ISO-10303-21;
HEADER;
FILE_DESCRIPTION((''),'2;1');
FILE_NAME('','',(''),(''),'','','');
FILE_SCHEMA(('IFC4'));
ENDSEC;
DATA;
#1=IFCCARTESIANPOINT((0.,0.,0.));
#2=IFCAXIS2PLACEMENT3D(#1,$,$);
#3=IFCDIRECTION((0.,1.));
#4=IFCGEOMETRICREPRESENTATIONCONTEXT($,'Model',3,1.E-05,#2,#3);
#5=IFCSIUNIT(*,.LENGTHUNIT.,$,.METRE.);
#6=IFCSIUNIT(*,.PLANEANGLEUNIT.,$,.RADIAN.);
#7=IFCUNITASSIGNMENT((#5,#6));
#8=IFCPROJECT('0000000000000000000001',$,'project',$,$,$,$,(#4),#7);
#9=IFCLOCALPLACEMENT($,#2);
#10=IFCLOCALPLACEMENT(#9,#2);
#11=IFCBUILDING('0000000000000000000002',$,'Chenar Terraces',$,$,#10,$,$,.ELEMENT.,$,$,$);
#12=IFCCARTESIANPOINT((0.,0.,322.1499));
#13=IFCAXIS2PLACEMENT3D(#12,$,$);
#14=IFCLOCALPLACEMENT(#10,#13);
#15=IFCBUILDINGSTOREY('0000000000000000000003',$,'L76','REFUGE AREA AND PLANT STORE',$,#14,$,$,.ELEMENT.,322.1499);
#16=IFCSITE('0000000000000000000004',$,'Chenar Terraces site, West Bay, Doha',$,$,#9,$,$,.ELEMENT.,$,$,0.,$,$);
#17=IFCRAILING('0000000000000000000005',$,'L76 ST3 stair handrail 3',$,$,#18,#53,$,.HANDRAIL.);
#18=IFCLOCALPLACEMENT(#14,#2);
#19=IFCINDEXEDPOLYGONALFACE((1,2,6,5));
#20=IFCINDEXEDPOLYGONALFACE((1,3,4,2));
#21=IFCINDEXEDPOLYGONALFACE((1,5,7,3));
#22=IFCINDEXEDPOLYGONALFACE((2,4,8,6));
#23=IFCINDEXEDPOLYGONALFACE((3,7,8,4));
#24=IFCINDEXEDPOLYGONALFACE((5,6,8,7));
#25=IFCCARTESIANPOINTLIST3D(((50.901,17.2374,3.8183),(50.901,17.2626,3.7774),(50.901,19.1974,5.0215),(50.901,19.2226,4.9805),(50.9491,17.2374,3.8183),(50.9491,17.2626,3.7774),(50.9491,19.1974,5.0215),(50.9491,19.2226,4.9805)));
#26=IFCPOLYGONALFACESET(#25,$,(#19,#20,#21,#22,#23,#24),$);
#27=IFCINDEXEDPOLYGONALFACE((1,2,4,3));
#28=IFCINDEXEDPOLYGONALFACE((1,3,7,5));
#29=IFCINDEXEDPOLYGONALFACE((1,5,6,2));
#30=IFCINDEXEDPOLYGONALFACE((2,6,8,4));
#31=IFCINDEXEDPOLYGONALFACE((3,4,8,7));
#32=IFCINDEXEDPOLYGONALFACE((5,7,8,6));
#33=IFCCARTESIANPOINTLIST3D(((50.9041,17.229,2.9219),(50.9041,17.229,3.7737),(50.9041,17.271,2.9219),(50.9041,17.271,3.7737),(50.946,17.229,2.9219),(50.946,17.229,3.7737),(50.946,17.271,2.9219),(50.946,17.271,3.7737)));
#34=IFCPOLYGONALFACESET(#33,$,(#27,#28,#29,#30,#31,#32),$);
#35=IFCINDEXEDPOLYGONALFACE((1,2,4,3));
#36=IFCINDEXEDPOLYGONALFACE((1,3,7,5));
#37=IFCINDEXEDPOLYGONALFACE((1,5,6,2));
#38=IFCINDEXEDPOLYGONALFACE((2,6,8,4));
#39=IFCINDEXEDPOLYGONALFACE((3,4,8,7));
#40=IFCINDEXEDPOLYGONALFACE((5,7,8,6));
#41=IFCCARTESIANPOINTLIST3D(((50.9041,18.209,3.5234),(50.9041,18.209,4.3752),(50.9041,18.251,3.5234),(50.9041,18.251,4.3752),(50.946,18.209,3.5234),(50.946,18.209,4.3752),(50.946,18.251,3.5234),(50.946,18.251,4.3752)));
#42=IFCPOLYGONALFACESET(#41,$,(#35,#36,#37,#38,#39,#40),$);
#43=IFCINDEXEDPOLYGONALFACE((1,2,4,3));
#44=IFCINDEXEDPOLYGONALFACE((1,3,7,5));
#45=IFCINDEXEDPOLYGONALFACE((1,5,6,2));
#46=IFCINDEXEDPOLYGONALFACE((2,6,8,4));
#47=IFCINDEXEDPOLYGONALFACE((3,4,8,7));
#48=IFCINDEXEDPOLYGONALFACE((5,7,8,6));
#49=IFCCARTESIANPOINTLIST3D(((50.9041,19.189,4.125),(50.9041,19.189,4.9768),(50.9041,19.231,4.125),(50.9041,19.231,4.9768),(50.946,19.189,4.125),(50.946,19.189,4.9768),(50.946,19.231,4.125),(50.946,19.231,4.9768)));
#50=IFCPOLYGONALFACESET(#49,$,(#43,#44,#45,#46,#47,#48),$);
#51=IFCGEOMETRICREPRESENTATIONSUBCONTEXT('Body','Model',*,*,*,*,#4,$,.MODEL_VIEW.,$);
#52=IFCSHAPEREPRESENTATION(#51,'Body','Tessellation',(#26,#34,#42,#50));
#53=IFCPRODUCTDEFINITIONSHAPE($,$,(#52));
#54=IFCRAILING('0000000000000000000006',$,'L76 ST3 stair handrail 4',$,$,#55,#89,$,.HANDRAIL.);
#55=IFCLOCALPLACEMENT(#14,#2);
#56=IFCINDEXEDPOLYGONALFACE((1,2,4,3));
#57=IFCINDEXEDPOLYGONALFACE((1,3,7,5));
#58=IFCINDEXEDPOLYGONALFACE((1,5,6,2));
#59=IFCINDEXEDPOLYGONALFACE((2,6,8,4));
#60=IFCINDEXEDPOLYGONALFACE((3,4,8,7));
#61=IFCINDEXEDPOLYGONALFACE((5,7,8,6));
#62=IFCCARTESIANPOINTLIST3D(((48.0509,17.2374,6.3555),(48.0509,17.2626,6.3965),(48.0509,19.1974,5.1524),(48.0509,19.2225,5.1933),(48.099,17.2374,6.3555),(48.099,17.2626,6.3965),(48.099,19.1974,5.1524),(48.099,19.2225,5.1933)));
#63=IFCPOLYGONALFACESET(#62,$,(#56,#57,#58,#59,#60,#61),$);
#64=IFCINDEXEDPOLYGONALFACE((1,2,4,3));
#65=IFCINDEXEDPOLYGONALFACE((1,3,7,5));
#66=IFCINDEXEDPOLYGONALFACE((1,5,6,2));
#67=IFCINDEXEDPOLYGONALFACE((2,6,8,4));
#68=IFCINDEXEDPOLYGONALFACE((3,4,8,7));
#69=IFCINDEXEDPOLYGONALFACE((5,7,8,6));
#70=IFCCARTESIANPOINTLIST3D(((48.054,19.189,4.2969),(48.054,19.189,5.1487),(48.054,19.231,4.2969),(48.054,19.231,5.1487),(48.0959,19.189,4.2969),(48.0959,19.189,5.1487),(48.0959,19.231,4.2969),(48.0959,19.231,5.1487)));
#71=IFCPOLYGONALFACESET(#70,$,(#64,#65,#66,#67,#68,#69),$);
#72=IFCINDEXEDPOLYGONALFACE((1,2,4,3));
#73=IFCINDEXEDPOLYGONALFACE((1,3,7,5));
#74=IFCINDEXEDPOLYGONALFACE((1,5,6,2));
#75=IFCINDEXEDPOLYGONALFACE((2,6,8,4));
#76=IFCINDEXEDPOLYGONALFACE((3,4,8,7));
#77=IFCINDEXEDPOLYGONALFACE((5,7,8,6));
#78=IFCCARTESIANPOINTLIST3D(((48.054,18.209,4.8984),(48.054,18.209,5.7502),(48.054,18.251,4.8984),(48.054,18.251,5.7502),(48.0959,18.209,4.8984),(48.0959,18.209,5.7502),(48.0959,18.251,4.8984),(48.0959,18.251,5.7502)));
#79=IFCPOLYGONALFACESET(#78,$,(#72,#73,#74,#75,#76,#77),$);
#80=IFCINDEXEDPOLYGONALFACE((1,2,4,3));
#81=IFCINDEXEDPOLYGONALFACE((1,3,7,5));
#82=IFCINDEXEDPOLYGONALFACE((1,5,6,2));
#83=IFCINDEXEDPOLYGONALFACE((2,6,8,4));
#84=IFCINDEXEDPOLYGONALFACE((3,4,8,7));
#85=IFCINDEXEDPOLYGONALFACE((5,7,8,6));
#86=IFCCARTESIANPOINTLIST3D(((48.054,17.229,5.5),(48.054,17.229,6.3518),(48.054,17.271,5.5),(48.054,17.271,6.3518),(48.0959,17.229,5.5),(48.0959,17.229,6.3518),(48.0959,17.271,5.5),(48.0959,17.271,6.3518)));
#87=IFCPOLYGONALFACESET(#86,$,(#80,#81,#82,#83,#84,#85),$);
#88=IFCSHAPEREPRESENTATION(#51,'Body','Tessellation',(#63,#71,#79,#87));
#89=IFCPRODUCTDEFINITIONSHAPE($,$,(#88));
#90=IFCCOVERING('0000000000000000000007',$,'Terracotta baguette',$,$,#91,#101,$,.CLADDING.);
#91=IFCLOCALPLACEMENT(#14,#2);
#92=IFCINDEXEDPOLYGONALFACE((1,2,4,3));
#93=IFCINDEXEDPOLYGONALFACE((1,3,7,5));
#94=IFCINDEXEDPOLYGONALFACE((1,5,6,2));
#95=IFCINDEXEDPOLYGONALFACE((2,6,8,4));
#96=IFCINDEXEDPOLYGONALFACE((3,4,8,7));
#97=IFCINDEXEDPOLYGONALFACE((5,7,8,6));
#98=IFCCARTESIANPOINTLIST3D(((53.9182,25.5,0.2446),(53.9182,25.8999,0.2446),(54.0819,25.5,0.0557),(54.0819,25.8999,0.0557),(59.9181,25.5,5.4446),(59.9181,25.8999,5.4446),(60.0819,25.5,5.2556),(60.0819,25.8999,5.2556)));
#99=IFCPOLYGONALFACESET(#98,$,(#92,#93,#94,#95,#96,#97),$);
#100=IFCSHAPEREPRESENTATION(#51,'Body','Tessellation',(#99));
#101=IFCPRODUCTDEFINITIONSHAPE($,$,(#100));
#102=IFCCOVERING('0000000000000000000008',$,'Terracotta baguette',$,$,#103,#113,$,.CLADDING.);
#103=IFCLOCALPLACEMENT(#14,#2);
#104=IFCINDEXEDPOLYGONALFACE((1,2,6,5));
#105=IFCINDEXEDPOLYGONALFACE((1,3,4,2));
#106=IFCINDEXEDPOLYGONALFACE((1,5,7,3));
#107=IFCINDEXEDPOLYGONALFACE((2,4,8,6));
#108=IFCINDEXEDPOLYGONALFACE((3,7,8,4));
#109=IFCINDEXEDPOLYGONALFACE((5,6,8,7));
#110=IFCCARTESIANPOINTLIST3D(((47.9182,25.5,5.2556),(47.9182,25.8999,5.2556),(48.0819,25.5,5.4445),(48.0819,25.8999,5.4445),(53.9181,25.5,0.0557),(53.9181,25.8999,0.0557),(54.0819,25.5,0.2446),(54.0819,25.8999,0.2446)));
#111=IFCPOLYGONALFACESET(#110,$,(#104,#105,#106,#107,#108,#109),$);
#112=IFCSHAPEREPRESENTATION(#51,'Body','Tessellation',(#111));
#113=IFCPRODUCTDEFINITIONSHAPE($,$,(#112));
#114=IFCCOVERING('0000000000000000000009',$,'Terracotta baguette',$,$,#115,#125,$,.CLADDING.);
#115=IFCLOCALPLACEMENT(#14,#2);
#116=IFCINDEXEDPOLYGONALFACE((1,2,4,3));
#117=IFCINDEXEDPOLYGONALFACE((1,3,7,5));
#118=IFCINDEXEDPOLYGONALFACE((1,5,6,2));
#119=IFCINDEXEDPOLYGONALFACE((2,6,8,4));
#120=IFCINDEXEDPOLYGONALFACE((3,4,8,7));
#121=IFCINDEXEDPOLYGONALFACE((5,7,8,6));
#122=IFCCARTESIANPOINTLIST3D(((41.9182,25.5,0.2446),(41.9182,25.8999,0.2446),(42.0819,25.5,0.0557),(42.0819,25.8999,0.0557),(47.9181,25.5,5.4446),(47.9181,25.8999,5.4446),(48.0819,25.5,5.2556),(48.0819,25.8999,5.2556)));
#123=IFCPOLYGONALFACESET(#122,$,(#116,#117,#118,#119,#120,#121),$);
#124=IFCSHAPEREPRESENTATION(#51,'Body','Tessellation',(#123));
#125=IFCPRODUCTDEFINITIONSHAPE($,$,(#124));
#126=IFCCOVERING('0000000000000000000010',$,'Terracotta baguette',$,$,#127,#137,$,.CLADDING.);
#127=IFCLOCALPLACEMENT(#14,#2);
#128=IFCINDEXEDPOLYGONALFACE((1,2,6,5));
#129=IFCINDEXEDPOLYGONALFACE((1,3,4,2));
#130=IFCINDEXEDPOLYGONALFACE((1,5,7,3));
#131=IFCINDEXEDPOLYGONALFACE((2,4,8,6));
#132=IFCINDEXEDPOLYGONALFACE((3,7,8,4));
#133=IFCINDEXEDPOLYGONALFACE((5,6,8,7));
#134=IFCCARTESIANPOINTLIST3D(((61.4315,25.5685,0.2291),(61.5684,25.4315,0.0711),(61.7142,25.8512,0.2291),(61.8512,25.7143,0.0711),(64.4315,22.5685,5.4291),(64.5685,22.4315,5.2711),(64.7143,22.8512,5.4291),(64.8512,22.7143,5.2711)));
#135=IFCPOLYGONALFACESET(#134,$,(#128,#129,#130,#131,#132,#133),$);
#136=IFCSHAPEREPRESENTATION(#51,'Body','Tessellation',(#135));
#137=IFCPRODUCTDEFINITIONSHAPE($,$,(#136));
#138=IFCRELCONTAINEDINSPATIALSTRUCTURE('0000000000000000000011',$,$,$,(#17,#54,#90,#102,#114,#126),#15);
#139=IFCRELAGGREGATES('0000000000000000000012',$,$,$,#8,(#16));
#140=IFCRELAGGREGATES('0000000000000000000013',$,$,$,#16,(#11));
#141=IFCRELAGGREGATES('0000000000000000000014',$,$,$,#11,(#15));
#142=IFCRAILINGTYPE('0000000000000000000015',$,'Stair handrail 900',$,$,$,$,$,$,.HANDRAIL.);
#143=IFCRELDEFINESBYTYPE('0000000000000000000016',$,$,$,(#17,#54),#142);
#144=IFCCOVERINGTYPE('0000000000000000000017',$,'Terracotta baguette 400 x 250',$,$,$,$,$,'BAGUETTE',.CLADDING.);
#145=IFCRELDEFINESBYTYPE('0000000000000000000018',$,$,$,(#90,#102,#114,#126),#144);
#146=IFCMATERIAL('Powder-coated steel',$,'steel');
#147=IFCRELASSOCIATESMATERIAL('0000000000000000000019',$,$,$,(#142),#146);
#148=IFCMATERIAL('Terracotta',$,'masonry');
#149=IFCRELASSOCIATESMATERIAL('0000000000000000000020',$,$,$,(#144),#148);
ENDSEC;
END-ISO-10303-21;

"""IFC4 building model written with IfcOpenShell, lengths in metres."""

from ifc_helpers import new_model, si_unit, direction, frame, origin, origin_2d, place, context, subcontext, project, spatial, rectangle, extrude, material, material_profile, profile_set, type_object, element, save


model = new_model("IFC4")

# Units and contexts
model_context = context("Model", 3, precision=1e-05, world=origin(), true_north=direction((0.0, 1.0)))
body_context = subcontext(model_context, "Body", "Model", "MODEL_VIEW")
ifc_project = project(units=[si_unit("LENGTHUNIT", "METRE"), si_unit("PLANEANGLEUNIT", "RADIAN")], contexts=[model_context])

# Site, building, storey
site_placement = place(None, origin())
site = spatial("IfcSite", under=ifc_project, at=site_placement, Name="Chenar Terraces site, West Bay, Doha", CompositionType="ELEMENT", RefElevation=0.0)
building_placement = place(site_placement, origin())
building = spatial("IfcBuilding", under=site, at=building_placement, Name="Chenar Terraces", CompositionType="ELEMENT")
storey_placement = place(building_placement, frame((0.0, 0.0, 322.1499)))
storey = spatial("IfcBuildingStorey", under=building, at=storey_placement, Name="L76", Description="REFUGE AREA AND PLANT STORE", CompositionType="ELEMENT", Elevation=322.1499)

# Railings
ifc_material_1 = material(Name="Powder-coated steel", Category="steel")
railing_type_1 = type_object("IfcRailingType", Name="Stair handrail 900", PredefinedType="HANDRAIL", material=ifc_material_1)
railing_1_placement = place(storey_placement, frame((50.925, 17.25, 2.9219)))
element("IfcRailing", 1, at=railing_1_placement, inside=storey, type_object=railing_type_1, Name="L76 ST3 stair handrail 3", PredefinedType="HANDRAIL", context=body_context, shape_type="SweptSolid", body=[
    extrude(rectangle(XDim=0.0481, YDim=0.0481, at=origin_2d()), frame((0.0, 0.0, 0.876), z_axis=(0.0, 0.852241, 0.523149), x_axis=(-1.0, 0.0, 0.0)), (0.0, 0.0, 1.0), 2.2998),
    extrude(rectangle(XDim=0.042, YDim=0.042, at=origin_2d()), origin(), (0.0, 0.0, 1.0), 0.8518),
    extrude(rectangle(XDim=0.042, YDim=0.042, at=origin_2d()), frame((0.0, 0.98, 0.6016)), (0.0, 0.0, 1.0), 0.8518),
    extrude(rectangle(XDim=0.042, YDim=0.042, at=origin_2d()), frame((0.0, 1.96, 1.2031)), (0.0, 0.0, 1.0), 0.8518),
])
railing_2_placement = place(storey_placement, frame((48.075, 19.21, 4.2969)))
element("IfcRailing", 2, at=railing_2_placement, inside=storey, type_object=railing_type_1, Name="L76 ST3 stair handrail 4", PredefinedType="HANDRAIL", context=body_context, shape_type="SweptSolid", body=[
    extrude(rectangle(XDim=0.0481, YDim=0.0481, at=origin_2d()), frame((0.0, 0.0, 0.876), z_axis=(0.0, -0.852241, 0.523149), x_axis=(1.0, 0.0, 0.0)), (0.0, 0.0, 1.0), 2.2998),
    extrude(rectangle(XDim=0.042, YDim=0.042, at=origin_2d()), origin(), (0.0, 0.0, 1.0), 0.8518),
    extrude(rectangle(XDim=0.042, YDim=0.042, at=origin_2d()), frame((0.0, -0.98, 0.6016)), (0.0, 0.0, 1.0), 0.8518),
    extrude(rectangle(XDim=0.042, YDim=0.042, at=origin_2d()), frame((0.0, -1.96, 1.2031)), (0.0, 0.0, 1.0), 0.8518),
])

# Coverings
ifc_material_2 = material(Name="Terracotta", Category="masonry")
ifc_material_profile_1 = material_profile(ifc_material_2, rectangle(XDim=0.3999, YDim=0.25, at=origin_2d()), Name="Terracotta baguette 400 x 250")
ifc_profile_set_1 = profile_set([ifc_material_profile_1], Name="Terracotta")
covering_type = type_object("IfcCoveringType", Name="Terracotta baguette 400 x 250", ElementType="BAGUETTE", PredefinedType="CLADDING", material=ifc_profile_set_1)
for number, where, z_axis, x_axis, name in (
    (3, (60.0, 25.7, 5.3501), (-0.755692, 0.0, -0.654927), (0.0, -1.0, 0.0), "Terracotta baguette"),
    (4, (54.0, 25.7, 0.1501), (-0.755692, 0.0, 0.654927), (0.0, -1.0, 0.0), "Terracotta baguette"),
    (5, (48.0, 25.7, 5.3501), (-0.755692, 0.0, -0.654927), (0.0, -1.0, 0.0), "Terracotta baguette"),
):
    element("IfcCovering", number, at=place(storey_placement, frame(where, z_axis=z_axis, x_axis=x_axis)), inside=storey, type_object=covering_type, Name=name, PredefinedType="CLADDING", context=body_context, shape_type="SweptSolid", body=[
        extrude(rectangle(XDim=0.3999, YDim=0.25, at=origin_2d()), origin(), (0.0, 0.0, 1.0), 7.9397),
    ])
covering_placement = place(storey_placement, frame((64.6414, 22.6414, 5.3501), z_axis=(-0.447017, 0.447017, -0.774823), x_axis=(-0.707107, -0.707107, 0.0)))
element("IfcCovering", 6, at=covering_placement, inside=storey, type_object=covering_type, Name="Terracotta baguette", PredefinedType="CLADDING", context=body_context, shape_type="SweptSolid", body=[
    extrude(rectangle(XDim=0.3999, YDim=0.25, at=origin_2d()), origin(), (0.0, 0.0, 1.0), 6.7112),
])

save(model, "model.ifc")
